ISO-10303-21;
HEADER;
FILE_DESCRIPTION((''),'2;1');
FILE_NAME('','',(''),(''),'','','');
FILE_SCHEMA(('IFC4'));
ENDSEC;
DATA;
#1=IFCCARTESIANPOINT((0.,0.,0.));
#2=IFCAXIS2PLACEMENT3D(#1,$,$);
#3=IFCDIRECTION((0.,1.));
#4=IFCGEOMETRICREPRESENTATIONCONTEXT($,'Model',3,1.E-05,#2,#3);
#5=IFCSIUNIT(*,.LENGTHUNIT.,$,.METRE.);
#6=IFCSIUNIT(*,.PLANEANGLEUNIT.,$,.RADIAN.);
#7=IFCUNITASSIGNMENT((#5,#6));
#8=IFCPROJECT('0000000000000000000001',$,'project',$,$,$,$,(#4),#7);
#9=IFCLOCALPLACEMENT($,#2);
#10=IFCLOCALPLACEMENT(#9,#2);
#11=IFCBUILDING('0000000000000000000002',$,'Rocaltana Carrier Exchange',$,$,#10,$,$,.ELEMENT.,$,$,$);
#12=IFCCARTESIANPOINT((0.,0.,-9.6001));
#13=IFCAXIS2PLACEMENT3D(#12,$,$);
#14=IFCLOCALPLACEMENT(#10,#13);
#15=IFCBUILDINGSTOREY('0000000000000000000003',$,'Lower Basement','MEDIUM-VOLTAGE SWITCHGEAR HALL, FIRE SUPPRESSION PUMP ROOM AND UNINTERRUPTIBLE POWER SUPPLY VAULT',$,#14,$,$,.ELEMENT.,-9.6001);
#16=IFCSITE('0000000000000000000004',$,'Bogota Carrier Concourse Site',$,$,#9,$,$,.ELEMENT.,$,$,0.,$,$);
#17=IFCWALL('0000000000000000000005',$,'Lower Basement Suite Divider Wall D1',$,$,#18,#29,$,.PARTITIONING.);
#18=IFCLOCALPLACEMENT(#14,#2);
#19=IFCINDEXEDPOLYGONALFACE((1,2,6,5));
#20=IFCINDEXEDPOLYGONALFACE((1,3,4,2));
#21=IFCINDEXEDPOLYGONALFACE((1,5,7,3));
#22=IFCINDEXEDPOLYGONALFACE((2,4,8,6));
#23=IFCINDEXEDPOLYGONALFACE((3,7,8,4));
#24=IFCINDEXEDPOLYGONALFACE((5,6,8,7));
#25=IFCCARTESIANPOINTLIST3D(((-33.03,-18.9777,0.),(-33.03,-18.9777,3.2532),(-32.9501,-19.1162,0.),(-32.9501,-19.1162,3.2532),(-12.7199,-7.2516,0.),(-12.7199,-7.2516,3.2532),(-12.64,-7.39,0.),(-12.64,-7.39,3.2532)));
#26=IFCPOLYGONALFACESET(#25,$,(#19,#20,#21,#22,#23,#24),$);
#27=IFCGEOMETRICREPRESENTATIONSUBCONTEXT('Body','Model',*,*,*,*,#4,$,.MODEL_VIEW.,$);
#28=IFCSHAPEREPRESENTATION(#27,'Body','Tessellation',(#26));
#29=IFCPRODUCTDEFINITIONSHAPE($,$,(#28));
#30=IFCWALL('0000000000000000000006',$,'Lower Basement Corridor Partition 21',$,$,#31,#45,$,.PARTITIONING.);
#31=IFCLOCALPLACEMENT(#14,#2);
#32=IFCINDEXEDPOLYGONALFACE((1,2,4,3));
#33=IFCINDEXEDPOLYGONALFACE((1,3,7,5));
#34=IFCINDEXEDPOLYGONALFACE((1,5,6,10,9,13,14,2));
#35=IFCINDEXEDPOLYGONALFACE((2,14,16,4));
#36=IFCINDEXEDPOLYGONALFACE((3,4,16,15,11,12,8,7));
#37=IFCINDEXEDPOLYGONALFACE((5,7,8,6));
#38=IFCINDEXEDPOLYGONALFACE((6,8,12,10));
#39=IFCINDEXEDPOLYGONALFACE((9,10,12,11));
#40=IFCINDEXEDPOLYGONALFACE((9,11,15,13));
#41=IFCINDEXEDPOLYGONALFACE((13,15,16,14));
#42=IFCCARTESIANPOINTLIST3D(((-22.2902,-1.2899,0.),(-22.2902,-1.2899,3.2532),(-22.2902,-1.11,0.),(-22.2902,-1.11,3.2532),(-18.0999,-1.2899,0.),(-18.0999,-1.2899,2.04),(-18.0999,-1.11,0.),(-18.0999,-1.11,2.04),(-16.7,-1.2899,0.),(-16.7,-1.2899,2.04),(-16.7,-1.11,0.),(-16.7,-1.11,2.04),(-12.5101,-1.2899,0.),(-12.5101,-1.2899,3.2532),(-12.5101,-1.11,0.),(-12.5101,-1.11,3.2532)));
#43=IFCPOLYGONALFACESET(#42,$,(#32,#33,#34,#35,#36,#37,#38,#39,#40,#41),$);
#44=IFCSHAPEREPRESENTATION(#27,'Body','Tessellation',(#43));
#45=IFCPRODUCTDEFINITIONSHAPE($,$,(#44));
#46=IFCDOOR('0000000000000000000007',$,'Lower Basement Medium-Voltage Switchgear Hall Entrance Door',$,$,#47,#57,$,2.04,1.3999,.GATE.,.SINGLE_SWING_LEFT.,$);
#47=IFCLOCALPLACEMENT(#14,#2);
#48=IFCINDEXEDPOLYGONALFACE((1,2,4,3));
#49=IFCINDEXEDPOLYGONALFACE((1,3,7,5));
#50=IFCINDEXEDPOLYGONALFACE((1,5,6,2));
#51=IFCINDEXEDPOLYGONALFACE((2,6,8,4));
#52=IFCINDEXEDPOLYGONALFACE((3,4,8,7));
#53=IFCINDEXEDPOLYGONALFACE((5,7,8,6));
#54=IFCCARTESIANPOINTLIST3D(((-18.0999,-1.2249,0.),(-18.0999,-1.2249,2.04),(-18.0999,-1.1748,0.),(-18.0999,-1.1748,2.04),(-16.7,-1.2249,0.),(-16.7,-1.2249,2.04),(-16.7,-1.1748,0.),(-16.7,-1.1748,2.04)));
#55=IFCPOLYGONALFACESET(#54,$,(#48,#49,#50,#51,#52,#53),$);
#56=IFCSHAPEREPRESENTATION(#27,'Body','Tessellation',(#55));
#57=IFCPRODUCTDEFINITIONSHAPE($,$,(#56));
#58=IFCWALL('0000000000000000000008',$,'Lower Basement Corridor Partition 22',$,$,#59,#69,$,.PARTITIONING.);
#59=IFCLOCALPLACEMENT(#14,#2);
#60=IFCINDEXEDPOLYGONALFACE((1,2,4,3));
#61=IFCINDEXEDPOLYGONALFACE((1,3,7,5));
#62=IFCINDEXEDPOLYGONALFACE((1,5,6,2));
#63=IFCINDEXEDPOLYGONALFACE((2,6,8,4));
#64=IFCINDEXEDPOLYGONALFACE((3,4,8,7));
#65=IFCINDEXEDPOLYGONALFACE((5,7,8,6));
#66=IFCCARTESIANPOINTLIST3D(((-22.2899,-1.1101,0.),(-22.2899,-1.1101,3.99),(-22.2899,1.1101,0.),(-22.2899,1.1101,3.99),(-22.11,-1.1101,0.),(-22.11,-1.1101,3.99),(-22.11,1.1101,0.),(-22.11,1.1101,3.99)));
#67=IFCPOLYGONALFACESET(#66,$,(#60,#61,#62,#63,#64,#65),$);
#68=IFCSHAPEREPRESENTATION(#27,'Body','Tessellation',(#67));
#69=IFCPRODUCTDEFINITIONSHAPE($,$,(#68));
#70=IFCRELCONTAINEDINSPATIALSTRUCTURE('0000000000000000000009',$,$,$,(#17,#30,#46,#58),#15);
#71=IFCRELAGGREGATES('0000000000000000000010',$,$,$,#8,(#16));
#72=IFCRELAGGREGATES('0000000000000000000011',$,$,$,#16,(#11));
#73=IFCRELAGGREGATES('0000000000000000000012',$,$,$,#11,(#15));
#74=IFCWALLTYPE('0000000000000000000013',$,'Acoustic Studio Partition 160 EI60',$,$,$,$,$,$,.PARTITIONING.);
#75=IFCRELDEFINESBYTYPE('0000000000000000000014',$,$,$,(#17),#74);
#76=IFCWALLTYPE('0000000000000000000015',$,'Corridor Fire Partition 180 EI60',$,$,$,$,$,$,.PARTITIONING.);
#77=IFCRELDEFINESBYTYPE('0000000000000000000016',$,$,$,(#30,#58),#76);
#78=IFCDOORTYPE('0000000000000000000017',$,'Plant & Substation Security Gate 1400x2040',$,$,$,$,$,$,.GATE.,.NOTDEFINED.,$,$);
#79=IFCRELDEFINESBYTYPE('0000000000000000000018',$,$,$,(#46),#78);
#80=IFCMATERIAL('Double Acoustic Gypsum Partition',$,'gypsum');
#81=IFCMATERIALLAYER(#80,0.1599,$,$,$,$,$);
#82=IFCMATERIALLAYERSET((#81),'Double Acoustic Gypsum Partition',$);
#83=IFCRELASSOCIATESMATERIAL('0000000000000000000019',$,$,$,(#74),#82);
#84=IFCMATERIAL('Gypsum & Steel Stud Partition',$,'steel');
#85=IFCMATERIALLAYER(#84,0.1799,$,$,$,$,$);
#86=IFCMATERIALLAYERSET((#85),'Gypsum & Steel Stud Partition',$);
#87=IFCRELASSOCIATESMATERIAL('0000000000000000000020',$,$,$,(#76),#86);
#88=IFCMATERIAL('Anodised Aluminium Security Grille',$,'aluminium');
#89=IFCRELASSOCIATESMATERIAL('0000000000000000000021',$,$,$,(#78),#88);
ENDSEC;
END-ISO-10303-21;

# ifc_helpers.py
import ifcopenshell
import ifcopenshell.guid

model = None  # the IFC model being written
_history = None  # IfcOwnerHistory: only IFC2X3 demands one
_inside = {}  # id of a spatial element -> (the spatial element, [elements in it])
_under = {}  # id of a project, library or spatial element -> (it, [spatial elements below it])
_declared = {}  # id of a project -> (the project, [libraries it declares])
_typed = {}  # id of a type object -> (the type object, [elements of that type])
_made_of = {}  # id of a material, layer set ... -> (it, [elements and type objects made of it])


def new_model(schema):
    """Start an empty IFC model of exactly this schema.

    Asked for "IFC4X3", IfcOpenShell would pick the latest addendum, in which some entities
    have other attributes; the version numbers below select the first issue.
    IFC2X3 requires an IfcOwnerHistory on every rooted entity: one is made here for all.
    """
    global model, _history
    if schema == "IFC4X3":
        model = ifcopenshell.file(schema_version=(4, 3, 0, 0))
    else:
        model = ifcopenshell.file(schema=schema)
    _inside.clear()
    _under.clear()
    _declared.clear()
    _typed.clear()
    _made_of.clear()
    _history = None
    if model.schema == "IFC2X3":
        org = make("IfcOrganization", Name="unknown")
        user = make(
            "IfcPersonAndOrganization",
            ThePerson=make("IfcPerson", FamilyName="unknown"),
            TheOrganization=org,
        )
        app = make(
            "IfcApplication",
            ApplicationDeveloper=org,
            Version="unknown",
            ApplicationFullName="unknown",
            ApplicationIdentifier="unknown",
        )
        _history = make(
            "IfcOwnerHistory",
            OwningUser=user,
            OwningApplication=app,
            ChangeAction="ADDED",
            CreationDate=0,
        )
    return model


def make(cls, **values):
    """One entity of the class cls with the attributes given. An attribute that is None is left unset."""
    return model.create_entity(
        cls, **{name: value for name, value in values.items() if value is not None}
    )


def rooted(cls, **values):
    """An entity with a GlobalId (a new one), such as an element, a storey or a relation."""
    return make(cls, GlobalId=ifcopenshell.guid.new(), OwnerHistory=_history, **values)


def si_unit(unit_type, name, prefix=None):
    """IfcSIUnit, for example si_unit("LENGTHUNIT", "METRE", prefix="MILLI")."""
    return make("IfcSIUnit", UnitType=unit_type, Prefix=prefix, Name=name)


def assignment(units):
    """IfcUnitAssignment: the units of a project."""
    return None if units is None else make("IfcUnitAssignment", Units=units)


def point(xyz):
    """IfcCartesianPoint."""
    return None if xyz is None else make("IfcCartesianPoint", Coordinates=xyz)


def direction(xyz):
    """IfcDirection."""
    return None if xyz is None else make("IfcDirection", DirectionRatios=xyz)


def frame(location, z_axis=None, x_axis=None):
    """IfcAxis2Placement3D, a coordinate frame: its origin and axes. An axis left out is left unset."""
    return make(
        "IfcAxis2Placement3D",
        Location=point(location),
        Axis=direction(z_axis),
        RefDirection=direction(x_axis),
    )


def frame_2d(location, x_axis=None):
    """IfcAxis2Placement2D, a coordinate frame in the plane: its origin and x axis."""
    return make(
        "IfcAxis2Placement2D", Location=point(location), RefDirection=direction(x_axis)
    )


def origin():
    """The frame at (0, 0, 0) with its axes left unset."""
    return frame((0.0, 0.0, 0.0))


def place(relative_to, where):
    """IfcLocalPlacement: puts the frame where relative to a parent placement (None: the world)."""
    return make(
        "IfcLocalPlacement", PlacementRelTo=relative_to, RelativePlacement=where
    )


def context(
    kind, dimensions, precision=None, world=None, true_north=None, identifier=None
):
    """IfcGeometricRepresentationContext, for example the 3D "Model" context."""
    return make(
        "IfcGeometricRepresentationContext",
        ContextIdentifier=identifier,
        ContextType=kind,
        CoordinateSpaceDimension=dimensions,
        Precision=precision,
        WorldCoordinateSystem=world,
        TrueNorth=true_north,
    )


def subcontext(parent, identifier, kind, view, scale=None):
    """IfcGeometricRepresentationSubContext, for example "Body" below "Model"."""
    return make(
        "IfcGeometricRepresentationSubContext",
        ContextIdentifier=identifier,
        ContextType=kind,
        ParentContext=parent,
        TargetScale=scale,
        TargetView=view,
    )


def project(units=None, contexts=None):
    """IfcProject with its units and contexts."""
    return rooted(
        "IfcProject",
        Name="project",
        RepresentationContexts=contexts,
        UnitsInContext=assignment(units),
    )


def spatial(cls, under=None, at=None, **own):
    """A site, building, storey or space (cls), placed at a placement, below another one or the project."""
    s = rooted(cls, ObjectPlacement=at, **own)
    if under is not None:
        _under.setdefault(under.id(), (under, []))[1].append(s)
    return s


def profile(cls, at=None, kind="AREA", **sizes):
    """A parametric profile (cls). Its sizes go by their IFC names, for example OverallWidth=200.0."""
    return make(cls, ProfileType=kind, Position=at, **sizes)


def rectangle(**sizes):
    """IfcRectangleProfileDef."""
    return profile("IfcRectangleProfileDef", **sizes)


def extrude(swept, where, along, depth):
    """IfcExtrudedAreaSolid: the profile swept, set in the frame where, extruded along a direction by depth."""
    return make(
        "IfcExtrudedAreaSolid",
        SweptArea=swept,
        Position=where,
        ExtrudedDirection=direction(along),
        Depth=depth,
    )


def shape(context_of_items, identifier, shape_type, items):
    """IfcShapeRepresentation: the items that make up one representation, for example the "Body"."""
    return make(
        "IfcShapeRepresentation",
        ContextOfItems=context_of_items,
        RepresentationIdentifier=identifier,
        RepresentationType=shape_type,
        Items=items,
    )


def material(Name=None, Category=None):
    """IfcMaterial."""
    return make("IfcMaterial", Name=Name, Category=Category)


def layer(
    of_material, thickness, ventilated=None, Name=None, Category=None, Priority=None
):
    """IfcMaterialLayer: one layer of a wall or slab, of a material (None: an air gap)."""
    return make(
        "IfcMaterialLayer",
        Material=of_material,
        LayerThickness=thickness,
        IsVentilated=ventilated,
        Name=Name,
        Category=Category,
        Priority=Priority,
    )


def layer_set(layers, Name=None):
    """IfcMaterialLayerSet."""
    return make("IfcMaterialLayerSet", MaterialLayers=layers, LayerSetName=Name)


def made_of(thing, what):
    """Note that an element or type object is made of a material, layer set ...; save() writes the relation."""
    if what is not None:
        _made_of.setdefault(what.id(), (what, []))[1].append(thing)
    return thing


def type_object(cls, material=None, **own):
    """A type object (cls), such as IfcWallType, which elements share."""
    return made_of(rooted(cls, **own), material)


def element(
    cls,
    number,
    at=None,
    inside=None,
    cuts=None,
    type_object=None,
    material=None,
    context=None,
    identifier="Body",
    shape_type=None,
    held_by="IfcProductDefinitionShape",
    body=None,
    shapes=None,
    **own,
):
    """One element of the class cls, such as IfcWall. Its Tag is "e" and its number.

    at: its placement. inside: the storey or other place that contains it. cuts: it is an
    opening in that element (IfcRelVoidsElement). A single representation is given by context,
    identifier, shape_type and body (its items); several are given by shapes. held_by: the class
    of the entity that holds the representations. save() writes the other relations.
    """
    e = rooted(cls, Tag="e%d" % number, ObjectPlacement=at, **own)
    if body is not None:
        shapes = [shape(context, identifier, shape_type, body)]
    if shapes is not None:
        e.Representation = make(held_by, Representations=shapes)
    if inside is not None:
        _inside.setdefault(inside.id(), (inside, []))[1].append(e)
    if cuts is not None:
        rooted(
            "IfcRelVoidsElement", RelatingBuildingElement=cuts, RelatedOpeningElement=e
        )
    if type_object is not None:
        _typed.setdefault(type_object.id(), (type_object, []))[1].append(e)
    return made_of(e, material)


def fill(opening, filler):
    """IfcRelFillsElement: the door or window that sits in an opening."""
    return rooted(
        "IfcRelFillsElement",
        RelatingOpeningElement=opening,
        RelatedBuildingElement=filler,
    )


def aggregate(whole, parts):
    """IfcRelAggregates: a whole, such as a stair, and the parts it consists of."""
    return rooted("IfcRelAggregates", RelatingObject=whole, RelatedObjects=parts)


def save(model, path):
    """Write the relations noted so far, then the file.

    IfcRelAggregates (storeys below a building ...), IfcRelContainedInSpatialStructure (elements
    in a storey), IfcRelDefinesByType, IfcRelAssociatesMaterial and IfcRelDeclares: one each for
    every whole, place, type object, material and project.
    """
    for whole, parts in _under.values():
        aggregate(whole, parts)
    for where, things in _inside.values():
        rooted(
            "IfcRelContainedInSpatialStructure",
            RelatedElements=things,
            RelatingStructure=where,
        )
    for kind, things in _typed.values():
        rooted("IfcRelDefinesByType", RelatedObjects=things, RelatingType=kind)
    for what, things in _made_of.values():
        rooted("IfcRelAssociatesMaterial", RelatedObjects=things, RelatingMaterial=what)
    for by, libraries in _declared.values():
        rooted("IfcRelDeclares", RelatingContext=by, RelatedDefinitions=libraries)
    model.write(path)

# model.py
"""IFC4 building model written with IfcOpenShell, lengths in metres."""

from ifc_helpers import new_model, si_unit, direction, frame, frame_2d, origin, place, context, subcontext, project, spatial, rectangle, extrude, material, layer, layer_set, type_object, element, fill, save


model = new_model("IFC4")

# Units and contexts
model_context = context("Model", 3, precision=1e-05, world=origin(), true_north=direction((0.0, 1.0)))
body_context = subcontext(model_context, "Body", "Model", "MODEL_VIEW")
ifc_project = project(units=[si_unit("LENGTHUNIT", "METRE"), si_unit("PLANEANGLEUNIT", "RADIAN")], contexts=[model_context])

# Site, building, storey
site_placement = place(None, origin())
site = spatial("IfcSite", under=ifc_project, at=site_placement, Name="Bogota Carrier Concourse Site", CompositionType="ELEMENT", RefElevation=0.0)
building_placement = place(site_placement, origin())
building = spatial("IfcBuilding", under=site, at=building_placement, Name="Rocaltana Carrier Exchange", CompositionType="ELEMENT")
storey_placement = place(building_placement, frame((0.0, 0.0, -9.6001)))
storey = spatial("IfcBuildingStorey", under=building, at=storey_placement, Name="Lower Basement", Description="MEDIUM-VOLTAGE SWITCHGEAR HALL, FIRE SUPPRESSION PUMP ROOM AND UNINTERRUPTIBLE POWER SUPPLY VAULT", CompositionType="ELEMENT", Elevation=-9.6001)

# Wall
ifc_material_1 = material(Name="Double Acoustic Gypsum Partition", Category="gypsum")
ifc_layer_1 = layer(ifc_material_1, 0.1599)
ifc_layer_set_1 = layer_set([ifc_layer_1], Name="Double Acoustic Gypsum Partition")
wall_type_1 = type_object("IfcWallType", Name="Acoustic Studio Partition 160 EI60", PredefinedType="PARTITIONING", material=ifc_layer_set_1)
wall_1_placement = place(storey_placement, frame((-12.6799, -7.3208, 0.0), z_axis=(0.0, 0.0, 1.0), x_axis=(-0.866024, -0.500002, 0.0)))
element("IfcWall", 1, at=wall_1_placement, inside=storey, type_object=wall_type_1, Name="Lower Basement Suite Divider Wall D1", PredefinedType="PARTITIONING", context=body_context, shape_type="SweptSolid", body=[
    extrude(rectangle(XDim=23.4521, YDim=0.1599, at=frame_2d((11.7261, 0.0))), origin(), (0.0, 0.0, 1.0), 3.2532),
])

# Wall, opening, door
ifc_material_2 = material(Name="Gypsum & Steel Stud Partition", Category="steel")
ifc_layer_2 = layer(ifc_material_2, 0.1799)
ifc_layer_set_2 = layer_set([ifc_layer_2], Name="Gypsum & Steel Stud Partition")
wall_type_2 = type_object("IfcWallType", Name="Corridor Fire Partition 180 EI60", PredefinedType="PARTITIONING", material=ifc_layer_set_2)
wall_2_placement = place(storey_placement, frame((-12.51, -1.2, 0.0), z_axis=(0.0, 0.0, 1.0), x_axis=(-1.0, 0.0, 0.0)))
wall_2 = element("IfcWall", 2, at=wall_2_placement, inside=storey, type_object=wall_type_2, Name="Lower Basement Corridor Partition 21", PredefinedType="PARTITIONING", context=body_context, shape_type="SweptSolid", body=[
    extrude(rectangle(XDim=9.78, YDim=0.1799, at=frame_2d((4.8901, 0.0))), origin(), (0.0, 0.0, 1.0), 3.2532),
])
opening_placement = place(wall_2_placement, frame((4.1899, 0.0, 0.0)))
opening = element("IfcOpeningElement", 3, at=opening_placement, cuts=wall_2, PredefinedType="OPENING", context=body_context, shape_type="SweptSolid", body=[
    extrude(rectangle(XDim=1.3999, YDim=2.04, at=frame_2d((0.7, 1.02))), frame((0.0, 0.0999, 0.0), z_axis=(0.0, -1.0, 0.0), x_axis=(1.0, 0.0, 0.0)), (0.0, 0.0, 1.0), 0.2),
])
ifc_material_3 = material(Name="Anodised Aluminium Security Grille", Category="aluminium")
door_type = type_object("IfcDoorType", Name="Plant & Substation Security Gate 1400x2040", OperationType="NOTDEFINED", PredefinedType="GATE", material=ifc_material_3)
door_placement = place(opening_placement, origin())
door = element("IfcDoor", 4, at=door_placement, inside=storey, type_object=door_type, Name="Lower Basement Medium-Voltage Switchgear Hall Entrance Door", OperationType="SINGLE_SWING_LEFT", OverallHeight=2.04, OverallWidth=1.3999, PredefinedType="GATE", context=body_context, shape_type="SweptSolid", body=[
    extrude(rectangle(XDim=1.3999, YDim=2.04, at=frame_2d((0.7, 1.02))), frame((0.0, 0.0249, 0.0), z_axis=(0.0, -1.0, 0.0), x_axis=(1.0, 0.0, 0.0)), (0.0, 0.0, 1.0), 0.05),
])
fill(opening, door)

# Wall
wall_3_placement = place(storey_placement, frame((-22.2, -1.1101, 0.0), z_axis=(0.0, 0.0, 1.0), x_axis=(0.0, 1.0, 0.0)))
element("IfcWall", 5, at=wall_3_placement, inside=storey, type_object=wall_type_2, Name="Lower Basement Corridor Partition 22", PredefinedType="PARTITIONING", context=body_context, shape_type="SweptSolid", body=[
    extrude(rectangle(XDim=2.2202, YDim=0.1799, at=frame_2d((1.1101, 0.0))), origin(), (0.0, 0.0, 1.0), 3.99),
])

save(model, "model.ifc")
